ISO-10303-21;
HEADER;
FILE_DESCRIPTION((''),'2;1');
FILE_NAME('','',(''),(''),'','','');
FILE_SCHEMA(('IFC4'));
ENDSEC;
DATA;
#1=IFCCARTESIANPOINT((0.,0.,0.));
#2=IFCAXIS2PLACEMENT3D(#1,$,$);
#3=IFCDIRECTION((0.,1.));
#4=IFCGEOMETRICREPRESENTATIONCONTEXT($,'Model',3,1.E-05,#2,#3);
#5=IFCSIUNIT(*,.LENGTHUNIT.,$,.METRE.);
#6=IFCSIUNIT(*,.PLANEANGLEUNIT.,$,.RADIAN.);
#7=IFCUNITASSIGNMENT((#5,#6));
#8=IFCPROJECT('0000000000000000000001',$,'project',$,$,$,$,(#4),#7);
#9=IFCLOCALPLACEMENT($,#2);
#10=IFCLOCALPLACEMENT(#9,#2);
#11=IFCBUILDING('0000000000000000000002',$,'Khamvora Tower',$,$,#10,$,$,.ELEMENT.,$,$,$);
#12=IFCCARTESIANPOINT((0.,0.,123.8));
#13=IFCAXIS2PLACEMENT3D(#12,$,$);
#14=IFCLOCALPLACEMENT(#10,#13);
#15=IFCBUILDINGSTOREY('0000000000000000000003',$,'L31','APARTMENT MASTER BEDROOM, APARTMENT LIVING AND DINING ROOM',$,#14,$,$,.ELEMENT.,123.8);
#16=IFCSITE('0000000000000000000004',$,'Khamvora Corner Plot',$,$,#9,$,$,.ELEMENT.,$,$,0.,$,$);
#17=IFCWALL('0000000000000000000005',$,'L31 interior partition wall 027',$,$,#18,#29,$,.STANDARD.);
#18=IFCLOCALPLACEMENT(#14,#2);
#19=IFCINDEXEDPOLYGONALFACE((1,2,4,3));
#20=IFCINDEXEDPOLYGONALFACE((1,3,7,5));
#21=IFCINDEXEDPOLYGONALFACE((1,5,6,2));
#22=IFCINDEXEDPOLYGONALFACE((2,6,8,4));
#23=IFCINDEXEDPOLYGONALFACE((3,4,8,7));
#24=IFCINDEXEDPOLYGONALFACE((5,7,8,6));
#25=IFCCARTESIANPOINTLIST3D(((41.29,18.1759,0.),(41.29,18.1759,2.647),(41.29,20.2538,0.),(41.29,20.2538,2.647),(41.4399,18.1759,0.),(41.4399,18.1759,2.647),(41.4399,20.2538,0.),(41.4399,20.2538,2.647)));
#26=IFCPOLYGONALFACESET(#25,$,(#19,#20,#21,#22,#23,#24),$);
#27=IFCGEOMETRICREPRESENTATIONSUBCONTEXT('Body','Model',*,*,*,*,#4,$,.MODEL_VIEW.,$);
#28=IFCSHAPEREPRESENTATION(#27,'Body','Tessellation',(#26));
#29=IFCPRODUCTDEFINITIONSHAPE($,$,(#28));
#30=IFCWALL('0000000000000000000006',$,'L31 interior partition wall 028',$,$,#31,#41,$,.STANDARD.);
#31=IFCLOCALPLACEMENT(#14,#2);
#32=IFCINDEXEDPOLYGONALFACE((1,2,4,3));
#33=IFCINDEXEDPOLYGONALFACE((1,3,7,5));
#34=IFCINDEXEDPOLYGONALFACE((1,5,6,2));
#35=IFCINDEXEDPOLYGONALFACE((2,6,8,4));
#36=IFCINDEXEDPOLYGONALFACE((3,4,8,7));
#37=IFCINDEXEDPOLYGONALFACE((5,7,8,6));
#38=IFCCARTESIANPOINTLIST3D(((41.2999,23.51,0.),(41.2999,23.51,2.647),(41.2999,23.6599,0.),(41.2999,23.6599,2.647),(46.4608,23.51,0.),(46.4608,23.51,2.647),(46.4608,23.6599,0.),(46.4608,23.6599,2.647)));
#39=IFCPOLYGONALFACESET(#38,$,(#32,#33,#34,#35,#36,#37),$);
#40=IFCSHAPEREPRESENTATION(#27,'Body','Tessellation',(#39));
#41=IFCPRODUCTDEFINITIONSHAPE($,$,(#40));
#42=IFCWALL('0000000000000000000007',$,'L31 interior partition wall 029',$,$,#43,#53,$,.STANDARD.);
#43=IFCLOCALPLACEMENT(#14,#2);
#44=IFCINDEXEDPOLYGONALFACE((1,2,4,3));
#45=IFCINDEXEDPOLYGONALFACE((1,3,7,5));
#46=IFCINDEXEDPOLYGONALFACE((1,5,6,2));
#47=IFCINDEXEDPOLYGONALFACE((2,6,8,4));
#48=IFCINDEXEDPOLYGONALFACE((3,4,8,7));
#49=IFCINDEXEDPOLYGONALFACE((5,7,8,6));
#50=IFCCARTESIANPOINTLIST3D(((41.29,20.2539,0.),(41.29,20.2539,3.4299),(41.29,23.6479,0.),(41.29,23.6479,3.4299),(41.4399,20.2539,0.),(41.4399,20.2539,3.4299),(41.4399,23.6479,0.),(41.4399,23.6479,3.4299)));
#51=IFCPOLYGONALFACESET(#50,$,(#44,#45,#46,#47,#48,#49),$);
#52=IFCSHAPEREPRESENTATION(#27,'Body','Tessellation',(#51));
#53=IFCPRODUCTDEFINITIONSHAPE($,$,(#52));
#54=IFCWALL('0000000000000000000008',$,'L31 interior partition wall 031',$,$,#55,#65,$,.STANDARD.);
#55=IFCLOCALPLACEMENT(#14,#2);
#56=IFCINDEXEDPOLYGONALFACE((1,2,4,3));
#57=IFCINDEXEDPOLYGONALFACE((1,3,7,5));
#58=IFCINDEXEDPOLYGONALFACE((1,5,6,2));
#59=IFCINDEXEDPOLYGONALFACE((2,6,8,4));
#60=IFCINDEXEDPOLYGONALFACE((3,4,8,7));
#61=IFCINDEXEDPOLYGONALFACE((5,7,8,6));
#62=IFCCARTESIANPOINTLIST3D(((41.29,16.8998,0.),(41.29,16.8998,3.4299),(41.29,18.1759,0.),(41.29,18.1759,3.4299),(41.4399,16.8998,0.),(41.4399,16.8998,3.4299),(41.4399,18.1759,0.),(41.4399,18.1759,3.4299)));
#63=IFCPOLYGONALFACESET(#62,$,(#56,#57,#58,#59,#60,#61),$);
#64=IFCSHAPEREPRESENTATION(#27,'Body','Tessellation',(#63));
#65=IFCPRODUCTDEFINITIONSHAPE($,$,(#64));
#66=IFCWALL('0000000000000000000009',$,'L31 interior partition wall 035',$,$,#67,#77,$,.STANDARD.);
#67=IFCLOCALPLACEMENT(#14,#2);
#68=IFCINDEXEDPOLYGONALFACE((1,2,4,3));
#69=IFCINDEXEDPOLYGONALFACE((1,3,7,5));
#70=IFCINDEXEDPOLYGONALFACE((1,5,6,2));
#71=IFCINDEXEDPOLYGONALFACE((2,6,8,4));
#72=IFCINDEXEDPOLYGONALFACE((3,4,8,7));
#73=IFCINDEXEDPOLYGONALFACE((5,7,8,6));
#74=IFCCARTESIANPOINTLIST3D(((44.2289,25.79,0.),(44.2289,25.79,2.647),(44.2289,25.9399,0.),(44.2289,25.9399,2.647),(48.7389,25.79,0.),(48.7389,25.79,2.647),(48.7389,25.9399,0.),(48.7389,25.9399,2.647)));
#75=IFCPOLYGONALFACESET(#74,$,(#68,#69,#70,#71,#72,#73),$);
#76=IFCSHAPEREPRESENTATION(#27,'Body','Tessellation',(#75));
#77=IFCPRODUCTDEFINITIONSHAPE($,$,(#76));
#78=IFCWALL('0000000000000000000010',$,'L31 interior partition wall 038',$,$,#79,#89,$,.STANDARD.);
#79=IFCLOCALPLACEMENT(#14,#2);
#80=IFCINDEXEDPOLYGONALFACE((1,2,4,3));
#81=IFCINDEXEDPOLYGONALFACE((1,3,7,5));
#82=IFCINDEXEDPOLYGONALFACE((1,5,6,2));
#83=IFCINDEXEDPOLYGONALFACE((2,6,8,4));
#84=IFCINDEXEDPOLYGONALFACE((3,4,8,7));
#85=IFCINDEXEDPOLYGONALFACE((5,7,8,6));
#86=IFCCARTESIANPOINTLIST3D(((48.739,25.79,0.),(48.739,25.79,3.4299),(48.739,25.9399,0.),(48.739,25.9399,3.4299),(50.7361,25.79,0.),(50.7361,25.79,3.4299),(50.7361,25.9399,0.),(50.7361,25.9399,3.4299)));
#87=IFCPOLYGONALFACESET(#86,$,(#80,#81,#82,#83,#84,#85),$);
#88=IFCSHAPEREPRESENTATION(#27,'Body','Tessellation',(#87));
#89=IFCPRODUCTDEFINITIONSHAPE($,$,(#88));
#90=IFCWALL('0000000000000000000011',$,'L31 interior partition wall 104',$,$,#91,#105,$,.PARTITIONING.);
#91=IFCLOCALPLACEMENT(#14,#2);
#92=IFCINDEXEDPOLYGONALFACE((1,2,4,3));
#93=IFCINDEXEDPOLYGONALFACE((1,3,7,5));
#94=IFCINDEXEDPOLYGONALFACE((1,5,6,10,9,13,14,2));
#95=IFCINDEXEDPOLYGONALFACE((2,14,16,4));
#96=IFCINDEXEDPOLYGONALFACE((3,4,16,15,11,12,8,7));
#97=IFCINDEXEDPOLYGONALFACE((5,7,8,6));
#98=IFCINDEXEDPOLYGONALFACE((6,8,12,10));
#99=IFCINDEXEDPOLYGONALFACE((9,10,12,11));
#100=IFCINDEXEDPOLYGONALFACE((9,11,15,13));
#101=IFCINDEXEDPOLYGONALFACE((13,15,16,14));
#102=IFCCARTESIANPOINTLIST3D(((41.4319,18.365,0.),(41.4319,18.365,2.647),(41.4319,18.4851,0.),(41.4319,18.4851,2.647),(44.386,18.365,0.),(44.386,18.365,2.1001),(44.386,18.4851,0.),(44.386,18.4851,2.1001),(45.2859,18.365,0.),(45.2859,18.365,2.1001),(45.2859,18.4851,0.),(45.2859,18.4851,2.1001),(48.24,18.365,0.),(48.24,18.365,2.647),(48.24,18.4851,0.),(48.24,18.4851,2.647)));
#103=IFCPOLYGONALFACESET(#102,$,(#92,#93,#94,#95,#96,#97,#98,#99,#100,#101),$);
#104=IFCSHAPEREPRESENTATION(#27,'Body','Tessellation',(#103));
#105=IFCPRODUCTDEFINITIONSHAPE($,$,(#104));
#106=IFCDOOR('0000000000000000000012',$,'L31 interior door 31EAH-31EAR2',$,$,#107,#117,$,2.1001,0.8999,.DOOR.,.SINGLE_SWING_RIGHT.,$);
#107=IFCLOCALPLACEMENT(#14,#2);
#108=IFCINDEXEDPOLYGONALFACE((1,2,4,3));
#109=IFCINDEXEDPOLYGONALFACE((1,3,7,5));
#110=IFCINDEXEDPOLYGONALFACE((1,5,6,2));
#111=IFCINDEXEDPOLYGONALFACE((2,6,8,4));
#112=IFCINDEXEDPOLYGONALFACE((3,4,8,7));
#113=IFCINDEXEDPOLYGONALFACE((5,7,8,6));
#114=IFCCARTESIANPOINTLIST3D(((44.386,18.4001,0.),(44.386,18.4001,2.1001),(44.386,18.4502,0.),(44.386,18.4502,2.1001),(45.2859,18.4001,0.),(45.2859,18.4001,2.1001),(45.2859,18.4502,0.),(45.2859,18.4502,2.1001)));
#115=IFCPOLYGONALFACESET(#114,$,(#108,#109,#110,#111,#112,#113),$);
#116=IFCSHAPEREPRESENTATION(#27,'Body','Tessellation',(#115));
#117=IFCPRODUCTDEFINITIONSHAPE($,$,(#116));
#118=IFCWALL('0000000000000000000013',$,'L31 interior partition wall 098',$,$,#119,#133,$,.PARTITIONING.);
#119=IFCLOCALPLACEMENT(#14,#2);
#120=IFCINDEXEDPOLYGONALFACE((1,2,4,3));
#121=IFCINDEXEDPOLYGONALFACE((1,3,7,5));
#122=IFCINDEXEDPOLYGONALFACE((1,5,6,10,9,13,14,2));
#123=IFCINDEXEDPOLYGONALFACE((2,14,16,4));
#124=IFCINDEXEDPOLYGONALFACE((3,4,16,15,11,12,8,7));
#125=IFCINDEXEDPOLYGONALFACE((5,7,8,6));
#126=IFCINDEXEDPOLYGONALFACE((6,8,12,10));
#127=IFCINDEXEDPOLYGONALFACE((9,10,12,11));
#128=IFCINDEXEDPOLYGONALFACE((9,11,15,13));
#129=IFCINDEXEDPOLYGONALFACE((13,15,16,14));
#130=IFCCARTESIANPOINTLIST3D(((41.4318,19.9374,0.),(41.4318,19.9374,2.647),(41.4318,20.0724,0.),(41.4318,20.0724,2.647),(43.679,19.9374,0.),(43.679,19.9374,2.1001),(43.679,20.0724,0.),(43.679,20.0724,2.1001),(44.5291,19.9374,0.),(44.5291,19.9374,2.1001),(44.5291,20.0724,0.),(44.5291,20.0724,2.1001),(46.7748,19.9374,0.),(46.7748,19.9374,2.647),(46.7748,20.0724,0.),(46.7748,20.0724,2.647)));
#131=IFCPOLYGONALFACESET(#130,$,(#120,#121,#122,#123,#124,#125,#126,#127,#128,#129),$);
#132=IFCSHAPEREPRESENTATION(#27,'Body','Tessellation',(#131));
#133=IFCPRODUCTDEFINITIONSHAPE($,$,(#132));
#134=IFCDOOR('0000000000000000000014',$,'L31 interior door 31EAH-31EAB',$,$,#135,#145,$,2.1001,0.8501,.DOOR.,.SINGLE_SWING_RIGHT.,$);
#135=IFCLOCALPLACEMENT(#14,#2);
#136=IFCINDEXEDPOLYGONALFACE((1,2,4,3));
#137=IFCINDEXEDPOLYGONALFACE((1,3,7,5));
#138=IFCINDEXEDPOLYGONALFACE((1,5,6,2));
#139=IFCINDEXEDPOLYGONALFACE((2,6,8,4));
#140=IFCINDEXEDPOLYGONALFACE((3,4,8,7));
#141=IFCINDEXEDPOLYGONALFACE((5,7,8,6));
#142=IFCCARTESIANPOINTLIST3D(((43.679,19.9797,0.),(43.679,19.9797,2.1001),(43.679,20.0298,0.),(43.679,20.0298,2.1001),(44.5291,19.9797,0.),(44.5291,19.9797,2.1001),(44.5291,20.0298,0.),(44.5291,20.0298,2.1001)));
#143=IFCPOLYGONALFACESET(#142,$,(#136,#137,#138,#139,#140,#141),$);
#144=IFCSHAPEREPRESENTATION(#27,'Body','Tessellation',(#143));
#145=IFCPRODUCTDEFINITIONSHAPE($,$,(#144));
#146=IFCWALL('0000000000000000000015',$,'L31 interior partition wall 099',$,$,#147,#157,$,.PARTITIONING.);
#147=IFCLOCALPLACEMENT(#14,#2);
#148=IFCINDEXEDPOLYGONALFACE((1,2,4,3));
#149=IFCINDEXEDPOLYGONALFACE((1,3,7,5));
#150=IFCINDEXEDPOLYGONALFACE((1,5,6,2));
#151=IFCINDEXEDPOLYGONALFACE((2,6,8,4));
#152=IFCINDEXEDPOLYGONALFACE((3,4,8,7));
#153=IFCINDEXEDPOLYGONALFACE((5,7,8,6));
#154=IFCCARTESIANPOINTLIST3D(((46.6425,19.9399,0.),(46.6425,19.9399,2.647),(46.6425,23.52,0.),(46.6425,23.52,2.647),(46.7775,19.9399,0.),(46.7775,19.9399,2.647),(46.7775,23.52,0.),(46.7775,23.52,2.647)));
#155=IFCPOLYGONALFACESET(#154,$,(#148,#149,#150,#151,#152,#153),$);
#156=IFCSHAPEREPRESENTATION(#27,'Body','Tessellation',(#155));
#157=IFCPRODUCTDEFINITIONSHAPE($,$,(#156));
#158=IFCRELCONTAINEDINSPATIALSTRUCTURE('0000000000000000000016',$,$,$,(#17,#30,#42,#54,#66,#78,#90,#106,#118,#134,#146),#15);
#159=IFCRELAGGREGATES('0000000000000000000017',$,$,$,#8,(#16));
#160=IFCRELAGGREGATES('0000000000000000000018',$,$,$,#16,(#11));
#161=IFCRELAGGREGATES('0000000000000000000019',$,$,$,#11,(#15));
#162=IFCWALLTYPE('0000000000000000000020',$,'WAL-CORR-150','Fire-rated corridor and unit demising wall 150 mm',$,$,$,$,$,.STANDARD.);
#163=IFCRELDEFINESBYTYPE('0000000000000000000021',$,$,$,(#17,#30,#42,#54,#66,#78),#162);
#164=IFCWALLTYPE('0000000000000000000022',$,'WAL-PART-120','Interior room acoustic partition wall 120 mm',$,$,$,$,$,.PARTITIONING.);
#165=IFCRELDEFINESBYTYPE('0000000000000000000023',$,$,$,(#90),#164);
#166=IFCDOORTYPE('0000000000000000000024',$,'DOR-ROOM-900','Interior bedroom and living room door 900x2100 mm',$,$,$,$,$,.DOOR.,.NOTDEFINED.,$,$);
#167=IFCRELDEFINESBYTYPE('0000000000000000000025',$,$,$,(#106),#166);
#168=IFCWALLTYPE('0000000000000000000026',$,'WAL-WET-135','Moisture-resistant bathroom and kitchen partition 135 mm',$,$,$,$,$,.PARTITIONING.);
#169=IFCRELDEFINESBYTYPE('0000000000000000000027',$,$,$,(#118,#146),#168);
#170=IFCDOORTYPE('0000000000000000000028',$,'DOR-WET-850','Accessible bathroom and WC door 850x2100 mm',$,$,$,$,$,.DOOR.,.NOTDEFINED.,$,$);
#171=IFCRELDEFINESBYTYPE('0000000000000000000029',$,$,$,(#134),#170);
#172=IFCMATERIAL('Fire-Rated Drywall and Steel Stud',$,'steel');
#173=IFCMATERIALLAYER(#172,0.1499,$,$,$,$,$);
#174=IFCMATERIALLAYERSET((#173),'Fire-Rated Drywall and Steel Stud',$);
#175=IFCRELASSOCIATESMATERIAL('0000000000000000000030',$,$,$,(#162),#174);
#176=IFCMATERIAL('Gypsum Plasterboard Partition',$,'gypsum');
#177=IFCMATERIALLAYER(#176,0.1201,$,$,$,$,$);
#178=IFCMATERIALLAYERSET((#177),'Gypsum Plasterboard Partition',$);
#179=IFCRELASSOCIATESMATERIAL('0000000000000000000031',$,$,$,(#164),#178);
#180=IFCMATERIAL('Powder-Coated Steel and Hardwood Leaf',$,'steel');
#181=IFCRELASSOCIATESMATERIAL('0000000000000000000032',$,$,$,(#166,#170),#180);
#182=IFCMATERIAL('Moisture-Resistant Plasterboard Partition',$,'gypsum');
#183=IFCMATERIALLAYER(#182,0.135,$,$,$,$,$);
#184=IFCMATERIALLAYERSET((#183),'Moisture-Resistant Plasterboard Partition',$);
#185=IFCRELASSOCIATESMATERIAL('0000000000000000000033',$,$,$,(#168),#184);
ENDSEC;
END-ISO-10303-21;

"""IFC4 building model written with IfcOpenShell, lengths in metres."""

from ifc_helpers import new_model, si_unit, direction, frame, frame_2d, origin, place, context, subcontext, project, spatial, rectangle, extrude, material, layer, layer_set, type_object, element, fill, save


model = new_model("IFC4")

# Units and contexts
model_context = context("Model", 3, precision=1e-05, world=origin(), true_north=direction((0.0, 1.0)))
body_context = subcontext(model_context, "Body", "Model", "MODEL_VIEW")
ifc_project = project(units=[si_unit("LENGTHUNIT", "METRE"), si_unit("PLANEANGLEUNIT", "RADIAN")], contexts=[model_context])

# Site, building, storey
site_placement = place(None, origin())
site = spatial("IfcSite", under=ifc_project, at=site_placement, Name="Khamvora Corner Plot", CompositionType="ELEMENT", RefElevation=0.0)
building_placement = place(site_placement, origin())
building = spatial("IfcBuilding", under=site, at=building_placement, Name="Khamvora Tower", CompositionType="ELEMENT")
storey_placement = place(building_placement, frame((0.0, 0.0, 123.8)))
storey = spatial("IfcBuildingStorey", under=building, at=storey_placement, Name="L31", Description="APARTMENT MASTER BEDROOM, APARTMENT LIVING AND DINING ROOM", CompositionType="ELEMENT", Elevation=123.8)

# Walls
ifc_material_1 = material(Name="Fire-Rated Drywall and Steel Stud", Category="steel")
ifc_layer_1 = layer(ifc_material_1, 0.1499)
ifc_layer_set_1 = layer_set([ifc_layer_1], Name="Fire-Rated Drywall and Steel Stud")
wall_type_1 = type_object("IfcWallType", Name="WAL-CORR-150", Description="Fire-rated corridor and unit demising wall 150 mm", PredefinedType="STANDARD", material=ifc_layer_set_1)
wall_1_placement = place(storey_placement, frame((41.365, 20.2539, 0.0), z_axis=(0.0, 0.0, 1.0), x_axis=(0.0, -1.0, 0.0)))
element("IfcWall", 1, at=wall_1_placement, inside=storey, type_object=wall_type_1, Name="L31 interior partition wall 027", PredefinedType="STANDARD", context=body_context, shape_type="SweptSolid", body=[
    extrude(rectangle(XDim=2.0779, YDim=0.1499, at=frame_2d((1.0391, 0.0))), origin(), (0.0, 0.0, 1.0), 2.647),
])
wall_2_placement = place(storey_placement, frame((46.4609, 23.585, 0.0), z_axis=(0.0, 0.0, 1.0), x_axis=(-1.0, 0.0, 0.0)))
element("IfcWall", 2, at=wall_2_placement, inside=storey, type_object=wall_type_1, Name="L31 interior partition wall 028", PredefinedType="STANDARD", context=body_context, shape_type="SweptSolid", body=[
    extrude(rectangle(XDim=5.1609, YDim=0.1499, at=frame_2d((2.5806, 0.0))), origin(), (0.0, 0.0, 1.0), 2.647),
])
wall_3_placement = place(storey_placement, frame((41.365, 23.6479, 0.0), z_axis=(0.0, 0.0, 1.0), x_axis=(0.0, -1.0, 0.0)))
element("IfcWall", 3, at=wall_3_placement, inside=storey, type_object=wall_type_1, Name="L31 interior partition wall 029", PredefinedType="STANDARD", context=body_context, shape_type="SweptSolid", body=[
    extrude(rectangle(XDim=3.394, YDim=0.1499, at=frame_2d((1.697, 0.0))), origin(), (0.0, 0.0, 1.0), 3.4299),
])
wall_4_placement = place(storey_placement, frame((41.365, 18.176, 0.0), z_axis=(0.0, 0.0, 1.0), x_axis=(0.0, -1.0, 0.0)))
element("IfcWall", 4, at=wall_4_placement, inside=storey, type_object=wall_type_1, Name="L31 interior partition wall 031", PredefinedType="STANDARD", context=body_context, shape_type="SweptSolid", body=[
    extrude(rectangle(XDim=1.2761, YDim=0.1499, at=frame_2d((0.6382, 0.0))), origin(), (0.0, 0.0, 1.0), 3.4299),
])
wall_5_placement = place(storey_placement, frame((44.229, 25.865, 0.0), z_axis=(0.0, 0.0, 1.0), x_axis=(1.0, 0.0, 0.0)))
element("IfcWall", 5, at=wall_5_placement, inside=storey, type_object=wall_type_1, Name="L31 interior partition wall 035", PredefinedType="STANDARD", context=body_context, shape_type="SweptSolid", body=[
    extrude(rectangle(XDim=4.51, YDim=0.1499, at=frame_2d((2.2549, 0.0))), origin(), (0.0, 0.0, 1.0), 2.647),
])
wall_6_placement = place(storey_placement, frame((48.739, 25.865, 0.0), z_axis=(0.0, 0.0, 1.0), x_axis=(1.0, 0.0, 0.0)))
element("IfcWall", 6, at=wall_6_placement, inside=storey, type_object=wall_type_1, Name="L31 interior partition wall 038", PredefinedType="STANDARD", context=body_context, shape_type="SweptSolid", body=[
    extrude(rectangle(XDim=1.9971, YDim=0.1499, at=frame_2d((0.9985, 0.0))), origin(), (0.0, 0.0, 1.0), 3.4299),
])

# Walls, openings, doors
ifc_material_2 = material(Name="Gypsum Plasterboard Partition", Category="gypsum")
ifc_layer_2 = layer(ifc_material_2, 0.1201)
ifc_layer_set_2 = layer_set([ifc_layer_2], Name="Gypsum Plasterboard Partition")
wall_type_2 = type_object("IfcWallType", Name="WAL-PART-120", Description="Interior room acoustic partition wall 120 mm", PredefinedType="PARTITIONING", material=ifc_layer_set_2)
wall_7_placement = place(storey_placement, frame((48.24, 18.425, 0.0), z_axis=(0.0, 0.0, 1.0), x_axis=(-1.0, 0.0, 0.0)))
wall_7 = element("IfcWall", 7, at=wall_7_placement, inside=storey, type_object=wall_type_2, Name="L31 interior partition wall 104", PredefinedType="PARTITIONING", context=body_context, shape_type="SweptSolid", body=[
    extrude(rectangle(XDim=6.8081, YDim=0.1201, at=frame_2d((3.4041, 0.0))), origin(), (0.0, 0.0, 1.0), 2.647),
])
opening_1_placement = place(wall_7_placement, frame((2.9541, 0.0, 0.0)))
opening_1 = element("IfcOpeningElement", 8, at=opening_1_placement, cuts=wall_7, PredefinedType="OPENING", context=body_context, shape_type="SweptSolid", body=[
    extrude(rectangle(XDim=0.8999, YDim=2.1001, at=frame_2d((0.45, 1.05))), frame((0.0, 0.0701, 0.0), z_axis=(0.0, -1.0, 0.0), x_axis=(1.0, 0.0, 0.0)), (0.0, 0.0, 1.0), 0.1401),
])
ifc_material_3 = material(Name="Powder-Coated Steel and Hardwood Leaf", Category="steel")
door_type_1 = type_object("IfcDoorType", Name="DOR-ROOM-900", Description="Interior bedroom and living room door 900x2100 mm", OperationType="NOTDEFINED", PredefinedType="DOOR", material=ifc_material_3)
door_1_placement = place(opening_1_placement, origin())
door_1 = element("IfcDoor", 9, at=door_1_placement, inside=storey, type_object=door_type_1, Name="L31 interior door 31EAH-31EAR2", OperationType="SINGLE_SWING_RIGHT", OverallHeight=2.1001, OverallWidth=0.8999, PredefinedType="DOOR", context=body_context, shape_type="SweptSolid", body=[
    extrude(rectangle(XDim=0.8999, YDim=2.1001, at=frame_2d((0.45, 1.05))), frame((0.0, 0.0249, 0.0), z_axis=(0.0, -1.0, 0.0), x_axis=(1.0, 0.0, 0.0)), (0.0, 0.0, 1.0), 0.05),
])
fill(opening_1, door_1)
ifc_material_4 = material(Name="Moisture-Resistant Plasterboard Partition", Category="gypsum")
ifc_layer_3 = layer(ifc_material_4, 0.135)
ifc_layer_set_3 = layer_set([ifc_layer_3], Name="Moisture-Resistant Plasterboard Partition")
wall_type_3 = type_object("IfcWallType", Name="WAL-WET-135", Description="Moisture-resistant bathroom and kitchen partition 135 mm", PredefinedType="PARTITIONING", material=ifc_layer_set_3)
wall_8_placement = place(storey_placement, frame((41.4319, 20.0049, 0.0), z_axis=(0.0, 0.0, 1.0), x_axis=(1.0, 0.0, 0.0)))
wall_8 = element("IfcWall", 10, at=wall_8_placement, inside=storey, type_object=wall_type_3, Name="L31 interior partition wall 098", PredefinedType="PARTITIONING", context=body_context, shape_type="SweptSolid", body=[
    extrude(rectangle(XDim=5.343, YDim=0.135, at=frame_2d((2.6714, 0.0))), origin(), (0.0, 0.0, 1.0), 2.647),
])
opening_2_placement = place(wall_8_placement, frame((2.2471, 0.0, 0.0)))
opening_2 = element("IfcOpeningElement", 11, at=opening_2_placement, cuts=wall_8, PredefinedType="OPENING", context=body_context, shape_type="SweptSolid", body=[
    extrude(rectangle(XDim=0.8501, YDim=2.1001, at=frame_2d((0.425, 1.05))), frame((0.0, 0.0774, 0.0), z_axis=(0.0, -1.0, 0.0), x_axis=(1.0, 0.0, 0.0)), (0.0, 0.0, 1.0), 0.155),
])
door_type_2 = type_object("IfcDoorType", Name="DOR-WET-850", Description="Accessible bathroom and WC door 850x2100 mm", OperationType="NOTDEFINED", PredefinedType="DOOR", material=ifc_material_3)
door_2_placement = place(opening_2_placement, origin())
door_2 = element("IfcDoor", 12, at=door_2_placement, inside=storey, type_object=door_type_2, Name="L31 interior door 31EAH-31EAB", OperationType="SINGLE_SWING_RIGHT", OverallHeight=2.1001, OverallWidth=0.8501, PredefinedType="DOOR", context=body_context, shape_type="SweptSolid", body=[
    extrude(rectangle(XDim=0.8501, YDim=2.1001, at=frame_2d((0.425, 1.05))), frame((0.0, 0.0249, 0.0), z_axis=(0.0, -1.0, 0.0), x_axis=(1.0, 0.0, 0.0)), (0.0, 0.0, 1.0), 0.05),
])
fill(opening_2, door_2)

# Wall
wall_9_placement = place(storey_placement, frame((46.71, 19.9399, 0.0), z_axis=(0.0, 0.0, 1.0), x_axis=(0.0, 1.0, 0.0)))
element("IfcWall", 13, at=wall_9_placement, inside=storey, type_object=wall_type_3, Name="L31 interior partition wall 099", PredefinedType="PARTITIONING", context=body_context, shape_type="SweptSolid", body=[
    extrude(rectangle(XDim=3.5801, YDim=0.135, at=frame_2d((1.79, 0.0))), origin(), (0.0, 0.0, 1.0), 2.647),
])

save(model, "model.ifc")
